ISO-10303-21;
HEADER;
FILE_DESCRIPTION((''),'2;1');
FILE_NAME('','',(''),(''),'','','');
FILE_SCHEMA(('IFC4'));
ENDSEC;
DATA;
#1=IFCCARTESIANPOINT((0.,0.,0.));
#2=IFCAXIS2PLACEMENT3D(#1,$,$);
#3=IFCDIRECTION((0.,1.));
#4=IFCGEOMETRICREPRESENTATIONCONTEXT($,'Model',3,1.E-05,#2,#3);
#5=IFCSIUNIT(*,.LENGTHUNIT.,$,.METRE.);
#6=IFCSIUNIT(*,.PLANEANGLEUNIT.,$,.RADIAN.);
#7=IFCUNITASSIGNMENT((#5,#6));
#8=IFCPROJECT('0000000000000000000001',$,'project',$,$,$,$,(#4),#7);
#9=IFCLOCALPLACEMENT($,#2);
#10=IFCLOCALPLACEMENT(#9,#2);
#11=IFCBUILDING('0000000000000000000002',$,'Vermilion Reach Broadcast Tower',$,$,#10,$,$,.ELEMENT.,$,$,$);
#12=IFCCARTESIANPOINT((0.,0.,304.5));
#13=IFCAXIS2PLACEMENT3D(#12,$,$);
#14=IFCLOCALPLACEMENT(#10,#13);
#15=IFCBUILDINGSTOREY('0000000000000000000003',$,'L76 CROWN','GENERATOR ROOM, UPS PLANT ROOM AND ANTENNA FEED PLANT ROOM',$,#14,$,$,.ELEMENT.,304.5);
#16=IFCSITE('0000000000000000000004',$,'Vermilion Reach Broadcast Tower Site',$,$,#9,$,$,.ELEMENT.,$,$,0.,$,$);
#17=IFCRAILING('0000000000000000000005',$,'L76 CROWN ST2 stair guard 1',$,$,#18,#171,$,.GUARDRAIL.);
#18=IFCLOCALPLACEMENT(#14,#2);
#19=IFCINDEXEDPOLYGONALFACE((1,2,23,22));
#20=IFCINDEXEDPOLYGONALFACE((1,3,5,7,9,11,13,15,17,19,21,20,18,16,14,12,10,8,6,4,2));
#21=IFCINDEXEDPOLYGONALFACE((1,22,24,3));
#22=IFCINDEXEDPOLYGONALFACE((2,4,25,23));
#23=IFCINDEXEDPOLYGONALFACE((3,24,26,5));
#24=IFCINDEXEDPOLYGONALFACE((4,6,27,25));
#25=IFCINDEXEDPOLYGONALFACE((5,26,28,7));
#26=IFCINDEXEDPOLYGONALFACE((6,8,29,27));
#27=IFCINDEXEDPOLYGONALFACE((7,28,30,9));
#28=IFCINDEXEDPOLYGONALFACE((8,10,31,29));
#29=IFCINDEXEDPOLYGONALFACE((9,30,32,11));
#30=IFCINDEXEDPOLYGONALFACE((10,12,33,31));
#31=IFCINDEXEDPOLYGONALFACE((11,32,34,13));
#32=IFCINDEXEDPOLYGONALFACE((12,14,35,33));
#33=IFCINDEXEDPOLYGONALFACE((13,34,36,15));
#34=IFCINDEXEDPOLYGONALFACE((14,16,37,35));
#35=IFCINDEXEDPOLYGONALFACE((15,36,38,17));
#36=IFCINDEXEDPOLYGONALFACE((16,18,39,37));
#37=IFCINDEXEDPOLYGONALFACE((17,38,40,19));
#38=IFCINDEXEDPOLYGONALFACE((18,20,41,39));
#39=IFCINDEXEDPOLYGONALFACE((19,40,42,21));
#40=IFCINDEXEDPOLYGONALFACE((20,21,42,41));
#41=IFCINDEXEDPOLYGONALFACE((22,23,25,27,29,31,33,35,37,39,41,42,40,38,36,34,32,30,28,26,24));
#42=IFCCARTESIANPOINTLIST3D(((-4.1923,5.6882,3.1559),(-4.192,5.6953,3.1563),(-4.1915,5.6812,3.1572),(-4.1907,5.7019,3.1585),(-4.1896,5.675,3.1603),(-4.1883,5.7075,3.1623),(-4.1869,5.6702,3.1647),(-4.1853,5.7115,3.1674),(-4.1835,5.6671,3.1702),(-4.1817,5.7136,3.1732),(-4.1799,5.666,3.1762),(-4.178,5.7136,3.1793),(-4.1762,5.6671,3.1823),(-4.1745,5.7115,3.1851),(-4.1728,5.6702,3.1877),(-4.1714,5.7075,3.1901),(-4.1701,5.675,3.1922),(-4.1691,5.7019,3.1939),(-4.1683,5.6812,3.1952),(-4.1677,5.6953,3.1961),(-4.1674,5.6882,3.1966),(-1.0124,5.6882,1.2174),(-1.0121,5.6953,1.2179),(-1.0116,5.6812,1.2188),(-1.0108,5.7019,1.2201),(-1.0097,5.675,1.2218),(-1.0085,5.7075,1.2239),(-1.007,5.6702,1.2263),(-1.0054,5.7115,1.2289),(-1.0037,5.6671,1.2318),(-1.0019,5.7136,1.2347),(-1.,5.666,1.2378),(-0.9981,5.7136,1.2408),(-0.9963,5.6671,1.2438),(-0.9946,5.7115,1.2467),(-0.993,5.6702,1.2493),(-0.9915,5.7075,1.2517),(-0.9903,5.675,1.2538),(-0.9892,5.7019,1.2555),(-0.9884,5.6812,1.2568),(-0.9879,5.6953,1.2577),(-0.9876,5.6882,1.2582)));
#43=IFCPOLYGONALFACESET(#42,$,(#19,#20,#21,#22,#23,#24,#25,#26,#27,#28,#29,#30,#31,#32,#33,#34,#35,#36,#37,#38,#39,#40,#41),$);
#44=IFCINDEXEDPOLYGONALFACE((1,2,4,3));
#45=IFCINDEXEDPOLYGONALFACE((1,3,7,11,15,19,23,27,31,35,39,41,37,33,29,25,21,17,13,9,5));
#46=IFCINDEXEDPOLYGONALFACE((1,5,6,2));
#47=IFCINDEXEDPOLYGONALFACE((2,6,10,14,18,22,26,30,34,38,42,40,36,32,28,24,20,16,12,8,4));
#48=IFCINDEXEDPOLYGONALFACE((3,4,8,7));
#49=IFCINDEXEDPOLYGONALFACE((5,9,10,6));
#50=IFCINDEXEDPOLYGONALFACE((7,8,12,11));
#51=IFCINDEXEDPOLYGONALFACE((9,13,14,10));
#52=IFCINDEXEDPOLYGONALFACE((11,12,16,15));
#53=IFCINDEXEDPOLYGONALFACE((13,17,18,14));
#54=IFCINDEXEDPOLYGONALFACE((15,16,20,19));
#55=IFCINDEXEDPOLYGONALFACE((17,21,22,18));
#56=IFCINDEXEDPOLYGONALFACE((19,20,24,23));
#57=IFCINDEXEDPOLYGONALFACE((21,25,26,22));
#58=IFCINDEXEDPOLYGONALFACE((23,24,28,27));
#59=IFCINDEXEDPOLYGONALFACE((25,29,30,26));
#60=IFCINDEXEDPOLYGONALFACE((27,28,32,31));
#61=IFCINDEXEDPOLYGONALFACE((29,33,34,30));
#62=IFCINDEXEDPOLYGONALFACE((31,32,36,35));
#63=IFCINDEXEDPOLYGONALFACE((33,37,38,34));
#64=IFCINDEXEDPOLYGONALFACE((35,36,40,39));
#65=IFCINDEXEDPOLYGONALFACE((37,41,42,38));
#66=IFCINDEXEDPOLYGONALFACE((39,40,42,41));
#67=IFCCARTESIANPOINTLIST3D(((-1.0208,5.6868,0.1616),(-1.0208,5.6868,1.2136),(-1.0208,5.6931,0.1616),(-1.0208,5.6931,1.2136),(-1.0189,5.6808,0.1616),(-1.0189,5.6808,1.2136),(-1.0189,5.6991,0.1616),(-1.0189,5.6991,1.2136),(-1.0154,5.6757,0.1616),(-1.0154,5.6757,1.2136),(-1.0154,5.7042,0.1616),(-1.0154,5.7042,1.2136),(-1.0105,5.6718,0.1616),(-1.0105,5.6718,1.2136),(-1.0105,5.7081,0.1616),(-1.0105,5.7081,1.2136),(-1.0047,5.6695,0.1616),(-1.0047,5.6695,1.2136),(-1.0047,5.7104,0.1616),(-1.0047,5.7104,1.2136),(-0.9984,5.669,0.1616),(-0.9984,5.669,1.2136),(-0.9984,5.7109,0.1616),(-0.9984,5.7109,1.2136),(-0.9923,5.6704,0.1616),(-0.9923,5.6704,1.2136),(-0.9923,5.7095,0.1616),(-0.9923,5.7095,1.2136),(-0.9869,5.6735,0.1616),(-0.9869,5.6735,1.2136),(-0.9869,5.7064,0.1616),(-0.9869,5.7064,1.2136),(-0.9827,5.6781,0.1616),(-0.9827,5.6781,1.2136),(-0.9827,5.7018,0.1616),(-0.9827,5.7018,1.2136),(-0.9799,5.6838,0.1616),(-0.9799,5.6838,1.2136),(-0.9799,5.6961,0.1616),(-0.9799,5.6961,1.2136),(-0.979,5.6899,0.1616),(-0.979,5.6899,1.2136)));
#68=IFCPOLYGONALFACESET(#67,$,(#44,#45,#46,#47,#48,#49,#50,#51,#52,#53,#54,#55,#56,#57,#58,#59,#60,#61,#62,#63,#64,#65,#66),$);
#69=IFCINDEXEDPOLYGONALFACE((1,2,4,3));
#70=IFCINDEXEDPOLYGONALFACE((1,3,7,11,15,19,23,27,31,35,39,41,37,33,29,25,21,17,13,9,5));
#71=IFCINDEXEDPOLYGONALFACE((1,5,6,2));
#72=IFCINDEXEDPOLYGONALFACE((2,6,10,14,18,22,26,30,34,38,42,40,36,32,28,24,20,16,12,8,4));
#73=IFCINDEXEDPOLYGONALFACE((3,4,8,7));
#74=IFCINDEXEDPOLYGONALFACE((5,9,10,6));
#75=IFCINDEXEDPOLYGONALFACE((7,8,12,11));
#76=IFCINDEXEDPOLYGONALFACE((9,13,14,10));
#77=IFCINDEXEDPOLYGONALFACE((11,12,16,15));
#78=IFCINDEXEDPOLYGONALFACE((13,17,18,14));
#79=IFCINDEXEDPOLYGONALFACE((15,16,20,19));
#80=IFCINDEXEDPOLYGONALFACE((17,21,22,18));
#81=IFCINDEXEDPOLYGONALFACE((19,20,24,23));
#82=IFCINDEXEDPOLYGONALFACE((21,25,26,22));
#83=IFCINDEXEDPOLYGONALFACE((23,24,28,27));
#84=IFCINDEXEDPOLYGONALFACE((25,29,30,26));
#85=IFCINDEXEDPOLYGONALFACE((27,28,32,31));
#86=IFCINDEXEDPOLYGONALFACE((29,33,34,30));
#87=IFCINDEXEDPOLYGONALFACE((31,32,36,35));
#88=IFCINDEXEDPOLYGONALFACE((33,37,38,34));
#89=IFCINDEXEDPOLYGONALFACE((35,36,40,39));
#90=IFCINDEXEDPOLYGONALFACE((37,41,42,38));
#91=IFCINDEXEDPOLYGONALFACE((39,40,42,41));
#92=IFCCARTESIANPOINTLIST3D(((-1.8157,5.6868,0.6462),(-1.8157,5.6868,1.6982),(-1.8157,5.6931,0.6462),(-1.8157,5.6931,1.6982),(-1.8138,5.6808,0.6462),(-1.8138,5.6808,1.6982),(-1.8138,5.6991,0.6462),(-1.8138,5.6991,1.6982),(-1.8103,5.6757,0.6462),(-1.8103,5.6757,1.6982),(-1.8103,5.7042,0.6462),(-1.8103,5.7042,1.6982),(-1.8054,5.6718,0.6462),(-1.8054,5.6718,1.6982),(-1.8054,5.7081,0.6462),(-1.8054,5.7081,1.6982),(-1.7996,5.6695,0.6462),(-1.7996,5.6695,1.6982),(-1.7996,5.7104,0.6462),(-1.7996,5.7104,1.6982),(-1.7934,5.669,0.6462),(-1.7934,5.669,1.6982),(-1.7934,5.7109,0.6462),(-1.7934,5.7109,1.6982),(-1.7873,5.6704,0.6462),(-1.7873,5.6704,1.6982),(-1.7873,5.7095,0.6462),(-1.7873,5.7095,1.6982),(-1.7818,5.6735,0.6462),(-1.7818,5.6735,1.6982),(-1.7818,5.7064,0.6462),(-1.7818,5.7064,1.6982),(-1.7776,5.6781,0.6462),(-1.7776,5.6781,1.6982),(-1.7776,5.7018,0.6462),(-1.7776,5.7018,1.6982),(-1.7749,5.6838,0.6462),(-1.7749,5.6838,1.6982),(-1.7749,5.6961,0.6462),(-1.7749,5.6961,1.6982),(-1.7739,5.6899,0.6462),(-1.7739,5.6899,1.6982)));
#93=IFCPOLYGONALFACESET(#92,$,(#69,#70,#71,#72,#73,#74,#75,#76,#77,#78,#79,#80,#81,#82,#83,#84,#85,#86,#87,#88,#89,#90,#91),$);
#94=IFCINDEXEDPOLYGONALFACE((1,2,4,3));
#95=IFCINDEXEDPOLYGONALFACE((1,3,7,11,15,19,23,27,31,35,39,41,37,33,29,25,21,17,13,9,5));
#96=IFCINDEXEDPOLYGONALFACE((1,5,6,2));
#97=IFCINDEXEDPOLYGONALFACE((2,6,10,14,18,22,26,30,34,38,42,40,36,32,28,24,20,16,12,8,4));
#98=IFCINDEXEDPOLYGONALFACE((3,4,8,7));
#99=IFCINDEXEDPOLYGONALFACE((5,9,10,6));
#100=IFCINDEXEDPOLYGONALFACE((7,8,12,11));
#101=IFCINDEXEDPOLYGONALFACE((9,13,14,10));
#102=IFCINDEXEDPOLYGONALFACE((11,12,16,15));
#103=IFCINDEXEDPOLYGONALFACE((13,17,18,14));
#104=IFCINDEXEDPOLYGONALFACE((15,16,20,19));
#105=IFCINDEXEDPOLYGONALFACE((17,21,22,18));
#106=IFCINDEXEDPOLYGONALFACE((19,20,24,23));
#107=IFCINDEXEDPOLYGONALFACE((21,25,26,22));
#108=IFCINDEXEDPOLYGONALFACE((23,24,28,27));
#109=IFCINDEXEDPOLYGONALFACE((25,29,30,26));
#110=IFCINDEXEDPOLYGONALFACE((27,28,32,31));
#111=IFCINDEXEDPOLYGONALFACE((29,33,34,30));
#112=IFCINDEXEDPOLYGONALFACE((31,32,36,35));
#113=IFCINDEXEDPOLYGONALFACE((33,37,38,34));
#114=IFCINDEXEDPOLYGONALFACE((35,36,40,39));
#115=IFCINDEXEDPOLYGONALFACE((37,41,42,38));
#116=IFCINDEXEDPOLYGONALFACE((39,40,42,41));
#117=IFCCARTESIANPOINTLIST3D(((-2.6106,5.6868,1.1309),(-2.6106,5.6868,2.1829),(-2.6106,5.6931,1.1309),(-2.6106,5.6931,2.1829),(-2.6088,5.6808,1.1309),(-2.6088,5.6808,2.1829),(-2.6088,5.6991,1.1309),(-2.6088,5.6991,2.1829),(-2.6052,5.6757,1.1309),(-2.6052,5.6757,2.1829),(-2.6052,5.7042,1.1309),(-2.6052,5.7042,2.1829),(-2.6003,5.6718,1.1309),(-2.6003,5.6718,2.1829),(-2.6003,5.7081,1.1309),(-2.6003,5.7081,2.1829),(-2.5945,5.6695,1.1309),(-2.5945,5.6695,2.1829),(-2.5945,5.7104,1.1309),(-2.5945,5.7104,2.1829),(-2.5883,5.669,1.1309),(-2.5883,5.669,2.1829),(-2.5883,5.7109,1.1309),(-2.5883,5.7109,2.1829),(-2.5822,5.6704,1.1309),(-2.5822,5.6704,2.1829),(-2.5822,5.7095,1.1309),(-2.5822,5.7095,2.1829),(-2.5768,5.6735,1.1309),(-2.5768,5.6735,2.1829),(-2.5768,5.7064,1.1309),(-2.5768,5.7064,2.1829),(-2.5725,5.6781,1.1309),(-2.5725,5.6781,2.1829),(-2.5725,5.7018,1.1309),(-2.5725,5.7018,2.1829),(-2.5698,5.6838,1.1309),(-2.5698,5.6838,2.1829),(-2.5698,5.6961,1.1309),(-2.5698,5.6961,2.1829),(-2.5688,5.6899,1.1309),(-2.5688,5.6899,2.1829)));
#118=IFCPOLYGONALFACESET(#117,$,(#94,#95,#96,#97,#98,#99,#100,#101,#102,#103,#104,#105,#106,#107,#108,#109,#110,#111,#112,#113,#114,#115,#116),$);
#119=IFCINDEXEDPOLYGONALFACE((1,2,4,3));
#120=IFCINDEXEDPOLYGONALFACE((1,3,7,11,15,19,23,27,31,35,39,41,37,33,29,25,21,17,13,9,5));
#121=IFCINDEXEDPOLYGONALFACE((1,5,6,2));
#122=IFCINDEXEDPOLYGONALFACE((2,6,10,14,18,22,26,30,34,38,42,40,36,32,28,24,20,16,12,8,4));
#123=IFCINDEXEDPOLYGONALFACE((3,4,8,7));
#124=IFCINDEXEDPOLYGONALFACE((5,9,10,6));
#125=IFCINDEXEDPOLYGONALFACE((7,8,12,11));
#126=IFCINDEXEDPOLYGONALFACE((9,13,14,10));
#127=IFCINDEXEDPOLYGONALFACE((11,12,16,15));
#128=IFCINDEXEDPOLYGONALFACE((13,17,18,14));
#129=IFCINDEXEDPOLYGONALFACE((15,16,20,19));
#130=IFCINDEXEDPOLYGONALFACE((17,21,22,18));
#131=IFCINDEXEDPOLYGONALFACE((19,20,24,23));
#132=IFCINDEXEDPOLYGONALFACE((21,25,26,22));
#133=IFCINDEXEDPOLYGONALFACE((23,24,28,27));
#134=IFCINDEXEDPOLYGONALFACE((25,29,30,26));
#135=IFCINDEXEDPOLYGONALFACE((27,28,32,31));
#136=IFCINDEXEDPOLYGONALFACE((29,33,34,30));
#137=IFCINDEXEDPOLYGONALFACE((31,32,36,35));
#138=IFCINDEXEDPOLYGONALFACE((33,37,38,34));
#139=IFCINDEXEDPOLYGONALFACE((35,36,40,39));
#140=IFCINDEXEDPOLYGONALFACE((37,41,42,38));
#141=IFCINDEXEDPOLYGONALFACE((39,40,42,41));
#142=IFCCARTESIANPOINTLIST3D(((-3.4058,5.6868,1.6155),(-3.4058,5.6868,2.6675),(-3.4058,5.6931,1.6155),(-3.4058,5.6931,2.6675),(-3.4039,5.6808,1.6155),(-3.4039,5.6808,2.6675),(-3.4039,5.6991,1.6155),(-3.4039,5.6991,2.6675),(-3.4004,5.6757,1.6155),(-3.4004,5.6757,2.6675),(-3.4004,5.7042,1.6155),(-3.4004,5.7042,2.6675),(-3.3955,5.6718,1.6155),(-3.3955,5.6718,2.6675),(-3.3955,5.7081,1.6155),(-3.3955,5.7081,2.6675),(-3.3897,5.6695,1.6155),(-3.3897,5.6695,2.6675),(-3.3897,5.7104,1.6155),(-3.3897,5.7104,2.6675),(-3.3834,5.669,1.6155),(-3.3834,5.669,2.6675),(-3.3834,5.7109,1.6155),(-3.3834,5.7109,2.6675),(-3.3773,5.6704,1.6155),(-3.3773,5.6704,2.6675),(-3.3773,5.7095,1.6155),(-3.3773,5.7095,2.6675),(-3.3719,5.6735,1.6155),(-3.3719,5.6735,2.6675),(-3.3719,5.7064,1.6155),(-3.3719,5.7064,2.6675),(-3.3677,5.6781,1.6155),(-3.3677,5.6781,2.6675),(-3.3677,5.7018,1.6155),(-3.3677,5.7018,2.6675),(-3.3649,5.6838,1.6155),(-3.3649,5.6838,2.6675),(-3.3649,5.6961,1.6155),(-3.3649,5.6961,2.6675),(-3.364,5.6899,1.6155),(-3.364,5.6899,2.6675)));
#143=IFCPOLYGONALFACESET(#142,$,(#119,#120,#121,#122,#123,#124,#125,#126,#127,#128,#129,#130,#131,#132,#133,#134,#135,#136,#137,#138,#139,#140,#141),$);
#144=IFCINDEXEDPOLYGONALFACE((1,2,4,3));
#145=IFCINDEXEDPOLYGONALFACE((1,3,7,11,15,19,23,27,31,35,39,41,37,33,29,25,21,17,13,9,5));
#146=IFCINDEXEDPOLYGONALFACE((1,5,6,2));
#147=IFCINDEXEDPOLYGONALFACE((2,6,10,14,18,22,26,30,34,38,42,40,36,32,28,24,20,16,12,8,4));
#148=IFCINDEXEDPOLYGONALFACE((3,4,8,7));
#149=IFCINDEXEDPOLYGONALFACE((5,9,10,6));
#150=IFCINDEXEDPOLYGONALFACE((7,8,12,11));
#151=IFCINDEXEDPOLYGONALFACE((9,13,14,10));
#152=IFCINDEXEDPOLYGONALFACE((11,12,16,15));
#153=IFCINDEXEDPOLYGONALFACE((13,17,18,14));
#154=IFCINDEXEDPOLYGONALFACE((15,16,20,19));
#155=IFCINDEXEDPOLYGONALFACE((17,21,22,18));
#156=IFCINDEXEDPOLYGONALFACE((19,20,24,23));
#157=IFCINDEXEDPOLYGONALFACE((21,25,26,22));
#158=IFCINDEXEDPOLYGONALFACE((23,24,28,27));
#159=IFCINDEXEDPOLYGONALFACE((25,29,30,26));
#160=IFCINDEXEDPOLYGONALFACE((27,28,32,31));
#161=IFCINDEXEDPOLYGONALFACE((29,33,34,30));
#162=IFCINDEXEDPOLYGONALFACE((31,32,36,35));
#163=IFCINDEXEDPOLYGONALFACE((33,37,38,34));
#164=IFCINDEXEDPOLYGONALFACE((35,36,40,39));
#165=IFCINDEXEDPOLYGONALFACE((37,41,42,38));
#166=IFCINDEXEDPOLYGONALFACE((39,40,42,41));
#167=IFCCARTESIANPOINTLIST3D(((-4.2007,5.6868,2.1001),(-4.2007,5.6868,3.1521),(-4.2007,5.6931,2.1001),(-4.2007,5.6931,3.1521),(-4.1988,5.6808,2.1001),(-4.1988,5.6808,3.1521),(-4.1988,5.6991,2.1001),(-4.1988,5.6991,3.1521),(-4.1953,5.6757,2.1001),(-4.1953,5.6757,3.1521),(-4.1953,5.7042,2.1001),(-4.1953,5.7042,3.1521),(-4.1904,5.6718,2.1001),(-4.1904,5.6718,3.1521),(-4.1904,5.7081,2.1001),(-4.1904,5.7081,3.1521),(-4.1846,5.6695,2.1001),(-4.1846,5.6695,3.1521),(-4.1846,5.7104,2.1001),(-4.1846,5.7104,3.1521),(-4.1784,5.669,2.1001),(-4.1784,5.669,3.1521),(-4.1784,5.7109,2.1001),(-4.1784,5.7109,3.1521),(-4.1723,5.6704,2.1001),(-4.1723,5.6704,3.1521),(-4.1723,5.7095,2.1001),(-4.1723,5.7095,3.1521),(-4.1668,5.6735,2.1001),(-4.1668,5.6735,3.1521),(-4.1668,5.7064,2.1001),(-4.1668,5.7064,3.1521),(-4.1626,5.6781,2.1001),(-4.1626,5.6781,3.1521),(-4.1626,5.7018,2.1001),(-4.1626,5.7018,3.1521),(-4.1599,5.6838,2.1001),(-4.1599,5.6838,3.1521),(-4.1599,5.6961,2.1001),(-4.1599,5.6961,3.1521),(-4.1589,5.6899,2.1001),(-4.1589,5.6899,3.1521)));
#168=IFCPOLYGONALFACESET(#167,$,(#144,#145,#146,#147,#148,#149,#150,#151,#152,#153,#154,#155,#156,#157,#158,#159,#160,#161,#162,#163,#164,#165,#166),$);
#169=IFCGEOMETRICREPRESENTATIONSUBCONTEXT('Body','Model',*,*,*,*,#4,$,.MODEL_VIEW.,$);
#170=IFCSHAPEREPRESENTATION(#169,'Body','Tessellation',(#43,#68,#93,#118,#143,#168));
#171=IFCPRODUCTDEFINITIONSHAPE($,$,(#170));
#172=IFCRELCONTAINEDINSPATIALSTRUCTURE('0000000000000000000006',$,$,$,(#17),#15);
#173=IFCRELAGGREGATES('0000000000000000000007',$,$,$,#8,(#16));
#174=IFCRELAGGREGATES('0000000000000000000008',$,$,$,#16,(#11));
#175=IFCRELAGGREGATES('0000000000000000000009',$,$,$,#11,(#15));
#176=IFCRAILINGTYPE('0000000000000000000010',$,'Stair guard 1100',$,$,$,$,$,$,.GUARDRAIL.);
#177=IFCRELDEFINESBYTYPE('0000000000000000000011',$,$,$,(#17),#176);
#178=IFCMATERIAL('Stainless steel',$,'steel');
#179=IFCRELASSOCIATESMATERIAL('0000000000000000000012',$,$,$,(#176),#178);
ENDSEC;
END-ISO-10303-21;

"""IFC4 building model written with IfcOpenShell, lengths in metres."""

from ifc_helpers import new_model, si_unit, direction, frame, origin, origin_2d, place, context, subcontext, project, spatial, circle, extrude, material, type_object, element, save


model = new_model("IFC4")

# Units and contexts
model_context = context("Model", 3, precision=1e-05, world=origin(), true_north=direction((0.0, 1.0)))
body_context = subcontext(model_context, "Body", "Model", "MODEL_VIEW")
ifc_project = project(units=[si_unit("LENGTHUNIT", "METRE"), si_unit("PLANEANGLEUNIT", "RADIAN")], contexts=[model_context])

# Site, building, storey
site_placement = place(None, origin())
site = spatial("IfcSite", under=ifc_project, at=site_placement, Name="Vermilion Reach Broadcast Tower Site", CompositionType="ELEMENT", RefElevation=0.0)
building_placement = place(site_placement, origin())
building = spatial("IfcBuilding", under=site, at=building_placement, Name="Vermilion Reach Broadcast Tower", CompositionType="ELEMENT")
storey_placement = place(building_placement, frame((0.0, 0.0, 304.5)))
storey = spatial("IfcBuildingStorey", under=building, at=storey_placement, Name="L76 CROWN", Description="GENERATOR ROOM, UPS PLANT ROOM AND ANTENNA FEED PLANT ROOM", CompositionType="ELEMENT", Elevation=304.5)

# Railing
ifc_material_1 = material(Name="Stainless steel", Category="steel")
railing_type_1 = type_object("IfcRailingType", Name="Stair guard 1100", PredefinedType="GUARDRAIL", material=ifc_material_1)
railing_1_placement = place(storey_placement, frame((-1.0, 5.6899, 0.1616)))
element("IfcRailing", 1, at=railing_1_placement, inside=storey, type_object=railing_type_1, Name="L76 CROWN ST2 stair guard 1", PredefinedType="GUARDRAIL", context=body_context, shape_type="SweptSolid", body=[
    extrude(circle(Radius=0.0239, at=origin_2d()), frame((0.0, 0.0, 1.0762), z_axis=(-0.853857, 0.0, 0.520508), x_axis=(0.0, -1.0, 0.0)), (0.0, 0.0, 1.0), 3.7241),
    extrude(circle(Radius=0.021, at=origin_2d()), origin(), (0.0, 0.0, 1.0), 1.052),
    extrude(circle(Radius=0.021, at=origin_2d()), frame((-0.7949, 0.0, 0.4846)), (0.0, 0.0, 1.0), 1.052),
    extrude(circle(Radius=0.021, at=origin_2d()), frame((-1.5898, 0.0, 0.9692)), (0.0, 0.0, 1.0), 1.052),
    extrude(circle(Radius=0.021, at=origin_2d()), frame((-2.385, 0.0, 1.4539)), (0.0, 0.0, 1.0), 1.052),
    extrude(circle(Radius=0.021, at=origin_2d()), frame((-3.1799, 0.0, 1.9385)), (0.0, 0.0, 1.0), 1.052),
])

save(model, "model.ifc")
